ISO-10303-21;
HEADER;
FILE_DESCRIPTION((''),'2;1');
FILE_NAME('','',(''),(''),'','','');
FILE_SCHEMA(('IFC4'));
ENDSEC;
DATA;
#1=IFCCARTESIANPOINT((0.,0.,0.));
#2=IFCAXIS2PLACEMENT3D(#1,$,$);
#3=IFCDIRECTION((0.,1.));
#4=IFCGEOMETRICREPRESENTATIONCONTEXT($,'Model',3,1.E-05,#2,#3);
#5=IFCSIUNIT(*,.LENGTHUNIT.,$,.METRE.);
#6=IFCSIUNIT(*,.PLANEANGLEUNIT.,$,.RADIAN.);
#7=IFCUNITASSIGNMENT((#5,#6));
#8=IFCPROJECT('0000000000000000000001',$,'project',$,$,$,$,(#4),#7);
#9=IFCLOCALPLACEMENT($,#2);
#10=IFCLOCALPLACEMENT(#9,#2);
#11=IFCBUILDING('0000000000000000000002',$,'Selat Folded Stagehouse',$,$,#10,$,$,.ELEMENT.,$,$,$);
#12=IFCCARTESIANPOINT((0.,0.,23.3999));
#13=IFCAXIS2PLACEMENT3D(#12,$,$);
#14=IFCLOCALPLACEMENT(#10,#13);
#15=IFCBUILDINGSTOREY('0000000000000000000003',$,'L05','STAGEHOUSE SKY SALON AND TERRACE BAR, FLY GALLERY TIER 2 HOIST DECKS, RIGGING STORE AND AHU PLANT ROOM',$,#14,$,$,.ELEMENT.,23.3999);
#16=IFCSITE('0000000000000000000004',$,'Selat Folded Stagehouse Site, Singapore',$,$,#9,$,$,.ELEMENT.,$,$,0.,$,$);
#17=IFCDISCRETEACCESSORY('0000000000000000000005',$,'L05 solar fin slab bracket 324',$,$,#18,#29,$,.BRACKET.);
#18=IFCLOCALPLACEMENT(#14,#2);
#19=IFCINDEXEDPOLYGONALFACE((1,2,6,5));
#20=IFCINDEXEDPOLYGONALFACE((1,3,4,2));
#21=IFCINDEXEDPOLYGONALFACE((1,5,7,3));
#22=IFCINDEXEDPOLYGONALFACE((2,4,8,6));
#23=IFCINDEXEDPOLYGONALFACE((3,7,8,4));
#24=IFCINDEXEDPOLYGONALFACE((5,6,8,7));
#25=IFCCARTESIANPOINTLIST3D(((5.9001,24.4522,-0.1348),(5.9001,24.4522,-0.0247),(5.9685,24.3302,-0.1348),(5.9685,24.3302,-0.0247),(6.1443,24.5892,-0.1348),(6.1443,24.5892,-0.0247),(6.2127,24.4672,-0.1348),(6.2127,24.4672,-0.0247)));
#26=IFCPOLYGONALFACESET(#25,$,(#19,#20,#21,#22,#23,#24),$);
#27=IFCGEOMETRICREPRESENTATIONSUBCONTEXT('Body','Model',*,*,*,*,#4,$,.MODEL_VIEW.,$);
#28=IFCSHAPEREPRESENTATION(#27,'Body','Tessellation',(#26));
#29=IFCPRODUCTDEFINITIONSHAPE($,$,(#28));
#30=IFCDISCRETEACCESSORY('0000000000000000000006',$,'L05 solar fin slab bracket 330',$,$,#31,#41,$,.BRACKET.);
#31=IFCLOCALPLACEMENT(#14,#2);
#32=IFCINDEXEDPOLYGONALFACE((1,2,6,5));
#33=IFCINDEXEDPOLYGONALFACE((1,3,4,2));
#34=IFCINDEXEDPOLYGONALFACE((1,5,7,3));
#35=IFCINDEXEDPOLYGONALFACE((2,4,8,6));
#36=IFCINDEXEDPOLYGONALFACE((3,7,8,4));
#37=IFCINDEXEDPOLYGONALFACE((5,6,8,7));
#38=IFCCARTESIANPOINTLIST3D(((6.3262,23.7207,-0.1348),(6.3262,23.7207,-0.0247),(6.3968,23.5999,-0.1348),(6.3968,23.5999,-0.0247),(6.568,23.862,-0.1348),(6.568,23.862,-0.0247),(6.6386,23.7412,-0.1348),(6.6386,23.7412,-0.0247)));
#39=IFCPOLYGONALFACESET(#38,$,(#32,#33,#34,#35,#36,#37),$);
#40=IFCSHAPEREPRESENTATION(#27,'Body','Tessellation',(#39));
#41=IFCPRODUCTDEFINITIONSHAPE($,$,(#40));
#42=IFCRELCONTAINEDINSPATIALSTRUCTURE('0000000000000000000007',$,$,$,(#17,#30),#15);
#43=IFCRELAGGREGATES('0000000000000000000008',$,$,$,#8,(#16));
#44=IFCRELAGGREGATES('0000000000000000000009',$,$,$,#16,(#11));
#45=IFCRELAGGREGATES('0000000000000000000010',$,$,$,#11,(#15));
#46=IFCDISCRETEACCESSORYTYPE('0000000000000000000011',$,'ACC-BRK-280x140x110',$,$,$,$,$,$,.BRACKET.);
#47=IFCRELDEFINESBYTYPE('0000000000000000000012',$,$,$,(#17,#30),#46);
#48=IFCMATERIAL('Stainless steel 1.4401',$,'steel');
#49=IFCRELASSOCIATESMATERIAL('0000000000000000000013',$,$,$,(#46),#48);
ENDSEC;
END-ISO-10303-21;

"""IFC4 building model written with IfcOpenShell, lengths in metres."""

from ifc_helpers import new_model, si_unit, direction, frame, origin, origin_2d, place, context, subcontext, project, spatial, rectangle, extrude, material, type_object, element, save


model = new_model("IFC4")

# Units and contexts
model_context = context("Model", 3, precision=1e-05, world=origin(), true_north=direction((0.0, 1.0)))
body_context = subcontext(model_context, "Body", "Model", "MODEL_VIEW")
ifc_project = project(units=[si_unit("LENGTHUNIT", "METRE"), si_unit("PLANEANGLEUNIT", "RADIAN")], contexts=[model_context])

# Site, building, storey
site_placement = place(None, origin())
site = spatial("IfcSite", under=ifc_project, at=site_placement, Name="Selat Folded Stagehouse Site, Singapore", CompositionType="ELEMENT", RefElevation=0.0)
building_placement = place(site_placement, origin())
building = spatial("IfcBuilding", under=site, at=building_placement, Name="Selat Folded Stagehouse", CompositionType="ELEMENT")
storey_placement = place(building_placement, frame((0.0, 0.0, 23.3999)))
storey = spatial("IfcBuildingStorey", under=building, at=storey_placement, Name="L05", Description="STAGEHOUSE SKY SALON AND TERRACE BAR, FLY GALLERY TIER 2 HOIST DECKS, RIGGING STORE AND AHU PLANT ROOM", CompositionType="ELEMENT", Elevation=23.3999)

# Discrete accessories
ifc_material_1 = material(Name="Stainless steel 1.4401", Category="steel")
discrete_accessory_type = type_object("IfcDiscreteAccessoryType", Name="ACC-BRK-280x140x110", PredefinedType="BRACKET", material=ifc_material_1)
for number, where, z_axis, x_axis, name in (
    (1, (6.0564, 24.4597, -0.1348), (0.0, 0.0, 1.0), (-0.872069, -0.489382, 0.0), "L05 solar fin slab bracket 324"),
    (2, (6.4824, 23.731, -0.1348), (0.0, 0.0, 1.0), (-0.863307, -0.504678, 0.0), "L05 solar fin slab bracket 330"),
):
    element("IfcDiscreteAccessory", number, at=place(storey_placement, frame(where, z_axis=z_axis, x_axis=x_axis)), inside=storey, type_object=discrete_accessory_type, Name=name, PredefinedType="BRACKET", context=body_context, shape_type="SweptSolid", body=[
        extrude(rectangle(XDim=0.28, YDim=0.1399, at=origin_2d()), origin(), (0.0, 0.0, 1.0), 0.1101),
    ])

save(model, "model.ifc")
